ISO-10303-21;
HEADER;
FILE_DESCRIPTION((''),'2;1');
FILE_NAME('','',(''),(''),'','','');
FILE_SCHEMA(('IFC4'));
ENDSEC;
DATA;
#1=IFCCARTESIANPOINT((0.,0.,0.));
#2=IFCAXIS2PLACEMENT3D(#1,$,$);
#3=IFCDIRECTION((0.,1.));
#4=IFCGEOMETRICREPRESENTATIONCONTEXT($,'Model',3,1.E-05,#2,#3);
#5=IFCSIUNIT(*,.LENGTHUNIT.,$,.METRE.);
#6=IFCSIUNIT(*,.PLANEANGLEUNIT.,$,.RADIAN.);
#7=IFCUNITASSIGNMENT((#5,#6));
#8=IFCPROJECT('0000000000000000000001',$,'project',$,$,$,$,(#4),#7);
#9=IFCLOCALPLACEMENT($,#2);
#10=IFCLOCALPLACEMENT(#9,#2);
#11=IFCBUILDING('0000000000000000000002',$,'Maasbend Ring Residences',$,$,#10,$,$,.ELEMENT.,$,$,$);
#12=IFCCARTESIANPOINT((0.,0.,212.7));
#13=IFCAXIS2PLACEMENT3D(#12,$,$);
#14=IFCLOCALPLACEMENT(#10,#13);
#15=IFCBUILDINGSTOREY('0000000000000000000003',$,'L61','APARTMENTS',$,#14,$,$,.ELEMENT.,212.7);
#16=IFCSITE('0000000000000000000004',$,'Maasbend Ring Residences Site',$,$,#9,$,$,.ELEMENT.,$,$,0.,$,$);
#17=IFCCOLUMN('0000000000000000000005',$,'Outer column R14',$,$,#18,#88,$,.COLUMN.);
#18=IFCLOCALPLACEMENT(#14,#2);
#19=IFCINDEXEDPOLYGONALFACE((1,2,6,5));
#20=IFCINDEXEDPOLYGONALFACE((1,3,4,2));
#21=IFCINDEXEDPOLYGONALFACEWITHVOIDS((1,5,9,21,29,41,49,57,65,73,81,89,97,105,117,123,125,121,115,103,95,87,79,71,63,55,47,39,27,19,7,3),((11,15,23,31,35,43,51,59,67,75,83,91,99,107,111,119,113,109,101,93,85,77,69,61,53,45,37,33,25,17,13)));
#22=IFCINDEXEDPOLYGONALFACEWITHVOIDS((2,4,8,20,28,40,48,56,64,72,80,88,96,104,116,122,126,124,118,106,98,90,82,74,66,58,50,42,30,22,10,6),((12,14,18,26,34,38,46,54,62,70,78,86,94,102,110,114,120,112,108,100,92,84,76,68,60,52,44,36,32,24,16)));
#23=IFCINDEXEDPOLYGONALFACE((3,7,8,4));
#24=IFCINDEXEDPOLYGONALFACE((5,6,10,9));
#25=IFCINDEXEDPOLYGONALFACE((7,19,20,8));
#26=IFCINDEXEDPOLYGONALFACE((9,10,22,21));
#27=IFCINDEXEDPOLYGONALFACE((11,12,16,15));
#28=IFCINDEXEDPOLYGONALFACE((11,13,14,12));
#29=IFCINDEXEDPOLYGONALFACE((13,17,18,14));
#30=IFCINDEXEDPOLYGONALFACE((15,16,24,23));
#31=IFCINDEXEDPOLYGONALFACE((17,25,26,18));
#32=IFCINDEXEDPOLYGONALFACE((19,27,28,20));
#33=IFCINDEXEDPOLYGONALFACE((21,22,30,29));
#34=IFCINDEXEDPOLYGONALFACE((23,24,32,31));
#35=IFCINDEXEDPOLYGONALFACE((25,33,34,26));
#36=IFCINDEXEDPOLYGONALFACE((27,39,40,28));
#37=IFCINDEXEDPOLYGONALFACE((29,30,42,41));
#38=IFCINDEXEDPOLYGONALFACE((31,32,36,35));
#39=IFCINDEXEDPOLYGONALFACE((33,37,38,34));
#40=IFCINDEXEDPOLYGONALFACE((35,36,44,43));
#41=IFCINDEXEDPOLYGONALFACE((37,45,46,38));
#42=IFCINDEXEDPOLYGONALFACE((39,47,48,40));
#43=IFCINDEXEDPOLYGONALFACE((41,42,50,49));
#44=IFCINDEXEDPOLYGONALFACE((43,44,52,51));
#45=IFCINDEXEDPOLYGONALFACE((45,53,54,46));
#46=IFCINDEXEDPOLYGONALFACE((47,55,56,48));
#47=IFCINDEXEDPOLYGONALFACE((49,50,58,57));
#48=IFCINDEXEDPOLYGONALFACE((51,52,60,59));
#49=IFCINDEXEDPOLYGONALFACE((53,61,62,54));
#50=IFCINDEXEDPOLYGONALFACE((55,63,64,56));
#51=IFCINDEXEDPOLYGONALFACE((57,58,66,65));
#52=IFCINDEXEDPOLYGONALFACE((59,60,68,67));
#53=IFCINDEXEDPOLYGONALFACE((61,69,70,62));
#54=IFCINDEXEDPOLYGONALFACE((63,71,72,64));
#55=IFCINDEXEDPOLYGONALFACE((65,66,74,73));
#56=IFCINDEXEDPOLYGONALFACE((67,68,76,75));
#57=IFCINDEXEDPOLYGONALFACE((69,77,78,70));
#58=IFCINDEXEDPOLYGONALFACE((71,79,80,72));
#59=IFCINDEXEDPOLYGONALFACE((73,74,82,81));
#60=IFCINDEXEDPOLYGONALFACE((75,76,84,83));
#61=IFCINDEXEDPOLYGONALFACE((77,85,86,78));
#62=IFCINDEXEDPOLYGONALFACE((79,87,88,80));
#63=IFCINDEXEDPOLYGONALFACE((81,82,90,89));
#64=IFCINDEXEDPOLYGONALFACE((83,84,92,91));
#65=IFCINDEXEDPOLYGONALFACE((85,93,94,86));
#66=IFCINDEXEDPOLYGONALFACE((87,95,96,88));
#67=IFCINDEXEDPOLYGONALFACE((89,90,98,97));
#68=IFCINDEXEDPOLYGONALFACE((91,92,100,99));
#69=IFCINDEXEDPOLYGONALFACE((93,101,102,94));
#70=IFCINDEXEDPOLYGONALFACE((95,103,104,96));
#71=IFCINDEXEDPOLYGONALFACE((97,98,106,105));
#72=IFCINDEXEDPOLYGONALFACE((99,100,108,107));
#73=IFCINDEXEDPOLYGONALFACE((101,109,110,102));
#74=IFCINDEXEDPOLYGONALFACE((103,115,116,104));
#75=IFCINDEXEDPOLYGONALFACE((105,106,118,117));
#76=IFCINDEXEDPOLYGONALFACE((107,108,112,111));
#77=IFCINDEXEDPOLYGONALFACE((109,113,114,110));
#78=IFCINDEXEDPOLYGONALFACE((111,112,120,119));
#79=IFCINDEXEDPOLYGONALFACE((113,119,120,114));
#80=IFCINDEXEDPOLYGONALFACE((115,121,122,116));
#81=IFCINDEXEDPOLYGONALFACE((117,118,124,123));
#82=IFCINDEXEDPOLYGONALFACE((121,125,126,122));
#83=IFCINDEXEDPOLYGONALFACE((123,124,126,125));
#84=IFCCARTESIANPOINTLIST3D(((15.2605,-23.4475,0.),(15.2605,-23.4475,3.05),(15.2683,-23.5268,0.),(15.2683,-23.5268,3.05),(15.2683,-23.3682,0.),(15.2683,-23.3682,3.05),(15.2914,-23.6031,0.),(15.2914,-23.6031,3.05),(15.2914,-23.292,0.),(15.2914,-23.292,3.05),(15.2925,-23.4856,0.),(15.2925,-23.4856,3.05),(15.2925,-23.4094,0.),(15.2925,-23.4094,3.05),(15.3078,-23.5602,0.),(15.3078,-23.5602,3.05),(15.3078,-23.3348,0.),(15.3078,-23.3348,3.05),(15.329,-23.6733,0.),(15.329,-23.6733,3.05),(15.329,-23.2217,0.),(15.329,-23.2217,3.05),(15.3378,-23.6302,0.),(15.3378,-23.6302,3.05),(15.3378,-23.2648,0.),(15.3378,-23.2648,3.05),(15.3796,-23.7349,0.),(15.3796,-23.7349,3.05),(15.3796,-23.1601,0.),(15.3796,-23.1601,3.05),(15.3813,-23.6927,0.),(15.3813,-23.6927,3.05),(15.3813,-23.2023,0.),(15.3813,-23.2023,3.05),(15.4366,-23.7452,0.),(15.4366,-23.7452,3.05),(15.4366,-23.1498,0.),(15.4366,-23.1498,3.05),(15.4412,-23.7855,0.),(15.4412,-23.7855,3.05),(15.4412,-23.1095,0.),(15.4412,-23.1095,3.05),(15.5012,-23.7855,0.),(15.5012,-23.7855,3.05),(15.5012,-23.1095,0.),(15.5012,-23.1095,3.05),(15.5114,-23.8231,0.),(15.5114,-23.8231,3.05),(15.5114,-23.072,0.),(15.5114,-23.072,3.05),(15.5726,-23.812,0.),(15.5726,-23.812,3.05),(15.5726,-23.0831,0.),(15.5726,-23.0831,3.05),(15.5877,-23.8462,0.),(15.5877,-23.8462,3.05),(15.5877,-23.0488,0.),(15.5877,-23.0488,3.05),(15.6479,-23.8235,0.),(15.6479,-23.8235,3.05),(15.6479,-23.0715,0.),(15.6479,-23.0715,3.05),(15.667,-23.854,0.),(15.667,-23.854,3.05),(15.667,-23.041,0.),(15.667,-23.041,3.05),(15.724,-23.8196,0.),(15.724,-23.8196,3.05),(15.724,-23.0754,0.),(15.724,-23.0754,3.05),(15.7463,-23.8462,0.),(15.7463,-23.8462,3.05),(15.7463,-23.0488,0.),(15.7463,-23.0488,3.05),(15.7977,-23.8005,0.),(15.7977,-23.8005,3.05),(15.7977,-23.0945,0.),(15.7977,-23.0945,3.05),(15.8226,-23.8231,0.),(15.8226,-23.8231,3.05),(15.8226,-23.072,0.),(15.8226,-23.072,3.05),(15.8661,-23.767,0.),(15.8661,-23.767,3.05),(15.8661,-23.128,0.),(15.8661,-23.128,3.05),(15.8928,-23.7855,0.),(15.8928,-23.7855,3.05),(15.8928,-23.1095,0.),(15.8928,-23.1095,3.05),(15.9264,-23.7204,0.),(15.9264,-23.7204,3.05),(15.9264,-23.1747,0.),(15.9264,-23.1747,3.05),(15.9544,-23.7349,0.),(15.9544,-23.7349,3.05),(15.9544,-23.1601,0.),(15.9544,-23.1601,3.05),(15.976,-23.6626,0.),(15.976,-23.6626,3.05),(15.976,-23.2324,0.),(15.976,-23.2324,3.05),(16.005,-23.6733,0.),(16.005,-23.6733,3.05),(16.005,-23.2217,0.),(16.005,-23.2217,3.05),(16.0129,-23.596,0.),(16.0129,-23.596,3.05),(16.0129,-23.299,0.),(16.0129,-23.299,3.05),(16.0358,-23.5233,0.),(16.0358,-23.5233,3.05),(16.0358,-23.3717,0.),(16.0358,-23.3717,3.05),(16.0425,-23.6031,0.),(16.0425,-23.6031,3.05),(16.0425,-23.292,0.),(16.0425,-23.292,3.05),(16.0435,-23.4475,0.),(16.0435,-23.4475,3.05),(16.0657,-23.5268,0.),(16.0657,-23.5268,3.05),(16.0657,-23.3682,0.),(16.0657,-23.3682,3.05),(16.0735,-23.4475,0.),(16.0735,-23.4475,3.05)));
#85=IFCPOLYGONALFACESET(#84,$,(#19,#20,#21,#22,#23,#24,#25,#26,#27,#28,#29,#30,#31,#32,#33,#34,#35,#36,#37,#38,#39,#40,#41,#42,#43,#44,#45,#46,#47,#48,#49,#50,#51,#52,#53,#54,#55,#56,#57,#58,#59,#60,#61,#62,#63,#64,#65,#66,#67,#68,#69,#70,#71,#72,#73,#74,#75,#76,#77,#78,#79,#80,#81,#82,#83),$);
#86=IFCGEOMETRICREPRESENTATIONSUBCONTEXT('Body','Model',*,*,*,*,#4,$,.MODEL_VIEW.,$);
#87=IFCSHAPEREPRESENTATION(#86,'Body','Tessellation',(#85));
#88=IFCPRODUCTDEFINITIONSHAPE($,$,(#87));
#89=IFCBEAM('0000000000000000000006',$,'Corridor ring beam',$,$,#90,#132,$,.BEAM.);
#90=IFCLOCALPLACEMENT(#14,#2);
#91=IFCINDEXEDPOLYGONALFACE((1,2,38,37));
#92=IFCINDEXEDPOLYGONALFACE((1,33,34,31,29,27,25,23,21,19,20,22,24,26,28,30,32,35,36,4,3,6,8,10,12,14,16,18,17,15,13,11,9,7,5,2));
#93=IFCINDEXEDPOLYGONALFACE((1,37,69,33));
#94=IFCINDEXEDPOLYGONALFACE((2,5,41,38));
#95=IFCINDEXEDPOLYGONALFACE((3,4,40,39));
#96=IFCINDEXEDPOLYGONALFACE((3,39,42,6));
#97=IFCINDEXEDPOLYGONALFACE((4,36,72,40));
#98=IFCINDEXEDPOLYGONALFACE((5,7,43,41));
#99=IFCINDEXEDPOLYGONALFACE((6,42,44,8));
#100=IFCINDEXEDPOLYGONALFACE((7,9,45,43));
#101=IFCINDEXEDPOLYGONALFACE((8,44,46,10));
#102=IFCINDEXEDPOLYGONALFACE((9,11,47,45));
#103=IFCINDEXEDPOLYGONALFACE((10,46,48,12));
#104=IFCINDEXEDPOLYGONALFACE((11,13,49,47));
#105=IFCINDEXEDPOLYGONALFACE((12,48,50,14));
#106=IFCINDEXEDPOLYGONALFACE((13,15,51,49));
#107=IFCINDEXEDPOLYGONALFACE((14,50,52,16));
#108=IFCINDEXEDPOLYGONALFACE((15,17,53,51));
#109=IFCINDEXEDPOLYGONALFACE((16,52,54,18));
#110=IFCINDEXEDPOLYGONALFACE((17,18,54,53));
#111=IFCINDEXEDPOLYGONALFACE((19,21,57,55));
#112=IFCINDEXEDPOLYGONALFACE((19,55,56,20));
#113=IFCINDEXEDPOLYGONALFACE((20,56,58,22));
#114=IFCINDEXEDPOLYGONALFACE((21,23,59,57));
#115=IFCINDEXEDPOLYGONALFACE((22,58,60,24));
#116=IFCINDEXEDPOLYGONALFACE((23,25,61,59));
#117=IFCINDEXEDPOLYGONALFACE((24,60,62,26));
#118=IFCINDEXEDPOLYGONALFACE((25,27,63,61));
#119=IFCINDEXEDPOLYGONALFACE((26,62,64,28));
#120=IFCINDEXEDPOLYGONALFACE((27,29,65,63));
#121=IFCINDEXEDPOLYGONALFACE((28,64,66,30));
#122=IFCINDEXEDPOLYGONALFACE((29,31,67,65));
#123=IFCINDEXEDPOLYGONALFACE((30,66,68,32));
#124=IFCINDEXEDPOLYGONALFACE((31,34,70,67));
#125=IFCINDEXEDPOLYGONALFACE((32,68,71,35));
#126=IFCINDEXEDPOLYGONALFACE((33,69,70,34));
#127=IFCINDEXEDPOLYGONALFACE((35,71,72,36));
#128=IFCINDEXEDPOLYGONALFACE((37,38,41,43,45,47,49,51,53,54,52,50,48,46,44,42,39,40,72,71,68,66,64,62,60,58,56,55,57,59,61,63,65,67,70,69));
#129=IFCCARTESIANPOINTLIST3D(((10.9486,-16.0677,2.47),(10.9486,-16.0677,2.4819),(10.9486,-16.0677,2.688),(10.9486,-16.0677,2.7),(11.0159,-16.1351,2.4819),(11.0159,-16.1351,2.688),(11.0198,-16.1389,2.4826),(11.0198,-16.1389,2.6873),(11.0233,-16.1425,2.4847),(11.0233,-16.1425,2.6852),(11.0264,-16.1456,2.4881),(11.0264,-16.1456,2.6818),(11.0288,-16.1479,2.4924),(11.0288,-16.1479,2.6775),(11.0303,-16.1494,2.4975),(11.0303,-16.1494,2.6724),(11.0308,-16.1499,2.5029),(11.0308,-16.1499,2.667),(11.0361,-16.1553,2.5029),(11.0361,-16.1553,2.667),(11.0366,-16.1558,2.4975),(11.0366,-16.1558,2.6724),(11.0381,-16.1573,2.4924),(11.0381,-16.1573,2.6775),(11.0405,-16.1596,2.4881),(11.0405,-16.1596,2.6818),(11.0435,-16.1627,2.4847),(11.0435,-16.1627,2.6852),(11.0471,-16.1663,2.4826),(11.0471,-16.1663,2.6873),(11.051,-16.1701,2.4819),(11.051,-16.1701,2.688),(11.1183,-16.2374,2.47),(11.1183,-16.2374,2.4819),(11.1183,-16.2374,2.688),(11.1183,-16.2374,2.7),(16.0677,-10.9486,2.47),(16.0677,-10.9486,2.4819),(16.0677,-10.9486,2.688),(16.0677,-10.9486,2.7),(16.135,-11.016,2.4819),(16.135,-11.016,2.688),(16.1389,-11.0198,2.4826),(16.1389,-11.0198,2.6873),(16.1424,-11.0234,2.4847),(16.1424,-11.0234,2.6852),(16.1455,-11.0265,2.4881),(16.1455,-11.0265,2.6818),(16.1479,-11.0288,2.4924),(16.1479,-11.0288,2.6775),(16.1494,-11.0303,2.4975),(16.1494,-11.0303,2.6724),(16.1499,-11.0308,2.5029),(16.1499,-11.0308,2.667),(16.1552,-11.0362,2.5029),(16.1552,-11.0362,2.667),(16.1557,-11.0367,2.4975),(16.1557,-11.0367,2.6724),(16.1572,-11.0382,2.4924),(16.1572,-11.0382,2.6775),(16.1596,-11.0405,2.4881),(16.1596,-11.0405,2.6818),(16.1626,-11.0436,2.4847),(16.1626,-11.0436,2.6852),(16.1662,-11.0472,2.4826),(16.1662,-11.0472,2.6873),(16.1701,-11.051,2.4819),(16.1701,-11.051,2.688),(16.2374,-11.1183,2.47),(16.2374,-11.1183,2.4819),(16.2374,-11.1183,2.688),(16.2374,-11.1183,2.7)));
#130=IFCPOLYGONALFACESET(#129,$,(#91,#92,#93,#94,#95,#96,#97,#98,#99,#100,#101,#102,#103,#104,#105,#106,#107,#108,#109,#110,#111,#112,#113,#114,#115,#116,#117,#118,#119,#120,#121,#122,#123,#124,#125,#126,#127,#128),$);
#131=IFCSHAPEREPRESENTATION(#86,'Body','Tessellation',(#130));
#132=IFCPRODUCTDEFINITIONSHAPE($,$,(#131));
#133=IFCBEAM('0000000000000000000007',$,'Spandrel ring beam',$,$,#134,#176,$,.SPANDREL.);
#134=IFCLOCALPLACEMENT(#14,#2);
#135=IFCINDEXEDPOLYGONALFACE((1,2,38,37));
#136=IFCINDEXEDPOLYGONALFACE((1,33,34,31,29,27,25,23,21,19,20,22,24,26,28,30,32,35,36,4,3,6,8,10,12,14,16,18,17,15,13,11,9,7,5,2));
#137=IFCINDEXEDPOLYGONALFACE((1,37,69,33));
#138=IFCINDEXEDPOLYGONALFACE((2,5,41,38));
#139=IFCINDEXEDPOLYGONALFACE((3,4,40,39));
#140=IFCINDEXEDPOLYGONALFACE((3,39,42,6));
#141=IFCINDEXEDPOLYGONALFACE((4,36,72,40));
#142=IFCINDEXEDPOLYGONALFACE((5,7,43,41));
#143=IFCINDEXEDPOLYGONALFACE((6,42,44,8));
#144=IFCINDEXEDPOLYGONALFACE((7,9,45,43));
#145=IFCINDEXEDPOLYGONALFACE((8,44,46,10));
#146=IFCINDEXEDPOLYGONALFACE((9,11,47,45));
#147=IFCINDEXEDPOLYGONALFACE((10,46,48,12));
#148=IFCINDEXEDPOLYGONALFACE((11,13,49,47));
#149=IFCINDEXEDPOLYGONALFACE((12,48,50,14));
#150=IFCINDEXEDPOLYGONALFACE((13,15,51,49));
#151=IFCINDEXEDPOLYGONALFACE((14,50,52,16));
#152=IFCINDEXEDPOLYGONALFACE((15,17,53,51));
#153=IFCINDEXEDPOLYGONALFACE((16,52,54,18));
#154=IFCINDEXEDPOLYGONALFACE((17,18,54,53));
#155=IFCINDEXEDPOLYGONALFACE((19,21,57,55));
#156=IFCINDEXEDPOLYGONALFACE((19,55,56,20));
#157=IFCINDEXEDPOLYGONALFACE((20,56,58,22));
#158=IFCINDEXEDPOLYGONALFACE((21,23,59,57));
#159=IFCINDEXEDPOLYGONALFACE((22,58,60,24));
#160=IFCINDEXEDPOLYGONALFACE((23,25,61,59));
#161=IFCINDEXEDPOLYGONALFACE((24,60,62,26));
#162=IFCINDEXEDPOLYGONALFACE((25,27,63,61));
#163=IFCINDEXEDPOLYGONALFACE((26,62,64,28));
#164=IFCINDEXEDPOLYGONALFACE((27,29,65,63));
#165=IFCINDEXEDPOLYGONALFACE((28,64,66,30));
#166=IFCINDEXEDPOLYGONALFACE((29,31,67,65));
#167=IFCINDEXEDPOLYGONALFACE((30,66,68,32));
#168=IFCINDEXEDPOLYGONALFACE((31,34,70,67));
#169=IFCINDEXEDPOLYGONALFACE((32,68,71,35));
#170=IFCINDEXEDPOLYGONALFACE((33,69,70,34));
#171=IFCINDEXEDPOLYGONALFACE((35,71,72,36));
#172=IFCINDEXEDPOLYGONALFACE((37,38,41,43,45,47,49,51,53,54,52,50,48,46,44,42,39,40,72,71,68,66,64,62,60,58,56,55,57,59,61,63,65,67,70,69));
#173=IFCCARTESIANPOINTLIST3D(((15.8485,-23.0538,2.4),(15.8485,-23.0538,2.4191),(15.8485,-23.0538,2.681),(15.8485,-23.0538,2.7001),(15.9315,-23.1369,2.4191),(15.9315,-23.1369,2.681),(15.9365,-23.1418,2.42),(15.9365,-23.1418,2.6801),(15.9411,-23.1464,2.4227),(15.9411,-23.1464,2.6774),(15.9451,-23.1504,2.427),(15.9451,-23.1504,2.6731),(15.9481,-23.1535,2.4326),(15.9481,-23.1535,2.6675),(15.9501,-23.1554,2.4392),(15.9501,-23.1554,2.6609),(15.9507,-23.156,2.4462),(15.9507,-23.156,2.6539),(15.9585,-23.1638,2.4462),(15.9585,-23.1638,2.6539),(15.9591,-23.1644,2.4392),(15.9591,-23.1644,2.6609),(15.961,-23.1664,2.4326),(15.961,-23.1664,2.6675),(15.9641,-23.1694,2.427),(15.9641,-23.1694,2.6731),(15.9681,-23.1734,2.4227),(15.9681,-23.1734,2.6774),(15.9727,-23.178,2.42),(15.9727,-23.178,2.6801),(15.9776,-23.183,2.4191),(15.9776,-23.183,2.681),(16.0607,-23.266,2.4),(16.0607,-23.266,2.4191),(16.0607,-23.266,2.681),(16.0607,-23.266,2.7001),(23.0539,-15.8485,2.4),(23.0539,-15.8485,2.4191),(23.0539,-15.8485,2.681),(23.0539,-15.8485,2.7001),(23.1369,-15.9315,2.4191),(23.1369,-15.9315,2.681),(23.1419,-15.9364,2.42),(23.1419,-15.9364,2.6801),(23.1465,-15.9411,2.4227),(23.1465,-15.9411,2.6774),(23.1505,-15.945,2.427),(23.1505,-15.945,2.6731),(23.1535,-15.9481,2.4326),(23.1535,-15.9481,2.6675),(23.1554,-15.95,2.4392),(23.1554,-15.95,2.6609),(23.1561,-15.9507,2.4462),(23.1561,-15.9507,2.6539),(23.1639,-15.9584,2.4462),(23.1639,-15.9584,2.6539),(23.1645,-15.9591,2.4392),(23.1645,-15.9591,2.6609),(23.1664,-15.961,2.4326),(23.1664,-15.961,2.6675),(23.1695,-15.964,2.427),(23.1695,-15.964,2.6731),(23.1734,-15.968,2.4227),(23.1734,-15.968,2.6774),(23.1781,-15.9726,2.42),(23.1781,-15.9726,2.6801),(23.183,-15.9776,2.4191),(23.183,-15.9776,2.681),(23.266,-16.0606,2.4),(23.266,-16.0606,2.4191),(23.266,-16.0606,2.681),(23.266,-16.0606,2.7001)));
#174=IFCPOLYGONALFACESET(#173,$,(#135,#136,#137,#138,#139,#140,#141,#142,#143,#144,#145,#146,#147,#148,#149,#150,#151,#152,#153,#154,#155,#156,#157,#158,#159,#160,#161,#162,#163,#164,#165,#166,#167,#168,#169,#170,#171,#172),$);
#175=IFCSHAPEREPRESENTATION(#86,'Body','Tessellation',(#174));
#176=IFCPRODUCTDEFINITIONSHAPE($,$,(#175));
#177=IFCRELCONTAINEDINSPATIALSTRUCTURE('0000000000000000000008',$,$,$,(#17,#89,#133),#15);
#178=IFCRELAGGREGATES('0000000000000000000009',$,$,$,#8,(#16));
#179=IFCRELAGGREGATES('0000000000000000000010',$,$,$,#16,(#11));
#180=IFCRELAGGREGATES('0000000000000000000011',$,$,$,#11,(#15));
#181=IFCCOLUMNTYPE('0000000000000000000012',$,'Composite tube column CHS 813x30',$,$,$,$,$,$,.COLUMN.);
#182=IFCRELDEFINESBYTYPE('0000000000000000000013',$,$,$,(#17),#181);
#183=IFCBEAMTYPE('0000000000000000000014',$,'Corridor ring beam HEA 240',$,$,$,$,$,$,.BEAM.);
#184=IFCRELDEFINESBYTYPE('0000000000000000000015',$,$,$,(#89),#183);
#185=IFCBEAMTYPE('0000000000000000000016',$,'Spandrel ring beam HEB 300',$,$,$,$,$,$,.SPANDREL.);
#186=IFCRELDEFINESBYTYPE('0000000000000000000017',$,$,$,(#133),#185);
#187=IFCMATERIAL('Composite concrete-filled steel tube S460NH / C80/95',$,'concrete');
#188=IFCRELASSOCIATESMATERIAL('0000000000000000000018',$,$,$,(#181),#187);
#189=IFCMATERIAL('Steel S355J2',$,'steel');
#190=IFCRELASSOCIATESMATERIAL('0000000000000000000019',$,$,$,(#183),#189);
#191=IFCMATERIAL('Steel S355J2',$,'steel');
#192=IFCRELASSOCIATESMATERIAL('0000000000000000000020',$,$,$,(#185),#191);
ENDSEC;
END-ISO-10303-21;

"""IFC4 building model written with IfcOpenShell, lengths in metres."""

from ifc_helpers import new_model, si_unit, direction, frame, origin, origin_2d, place, context, subcontext, project, spatial, hollow_circle, i_section, extrude, material, material_profile, profile_set, type_object, element, save


model = new_model("IFC4")

# Units and contexts
model_context = context("Model", 3, precision=1e-05, world=origin(), true_north=direction((0.0, 1.0)))
body_context = subcontext(model_context, "Body", "Model", "MODEL_VIEW")
ifc_project = project(units=[si_unit("LENGTHUNIT", "METRE"), si_unit("PLANEANGLEUNIT", "RADIAN")], contexts=[model_context])

# Site, building, storey
site_placement = place(None, origin())
site = spatial("IfcSite", under=ifc_project, at=site_placement, Name="Maasbend Ring Residences Site", CompositionType="ELEMENT", RefElevation=0.0)
building_placement = place(site_placement, origin())
building = spatial("IfcBuilding", under=site, at=building_placement, Name="Maasbend Ring Residences", CompositionType="ELEMENT")
storey_placement = place(building_placement, frame((0.0, 0.0, 212.7)))
storey = spatial("IfcBuildingStorey", under=building, at=storey_placement, Name="L61", Description="APARTMENTS", CompositionType="ELEMENT", Elevation=212.7)

# Column
ifc_material_1 = material(Name="Composite concrete-filled steel tube S460NH / C80/95", Category="concrete")
ifc_material_profile_1 = material_profile(ifc_material_1, hollow_circle(Radius=0.4065, WallThickness=0.03, at=origin_2d()), Name="Composite tube column CHS 813x30")
ifc_profile_set_1 = profile_set([ifc_material_profile_1], Name="Composite concrete-filled steel tube S460NH / C80/95")
column_type = type_object("IfcColumnType", Name="Composite tube column CHS 813x30", PredefinedType="COLUMN", material=ifc_profile_set_1)
column_placement = place(storey_placement, frame((15.667, -23.4475, 0.0), z_axis=(0.0, 0.0, 1.0), x_axis=(1.0, 0.0, 0.0)))
element("IfcColumn", 1, at=column_placement, inside=storey, type_object=column_type, Name="Outer column R14", PredefinedType="COLUMN", context=body_context, shape_type="SweptSolid", body=[
    extrude(hollow_circle(Radius=0.4065, WallThickness=0.03, at=origin_2d()), origin(), (0.0, 0.0, 1.0), 3.05),
])

# Beams
ifc_material_2 = material(Name="Steel S355J2", Category="steel")
ifc_material_profile_2 = material_profile(ifc_material_2, i_section(OverallWidth=0.24, OverallDepth=0.23, WebThickness=0.0076, FlangeThickness=0.012, FilletRadius=0.021, at=origin_2d()), Name="HEA 240")
ifc_profile_set_2 = profile_set([ifc_material_profile_2], Name="Steel S355J2")
beam_type_1 = type_object("IfcBeamType", Name="Corridor ring beam HEA 240", PredefinedType="BEAM", material=ifc_profile_set_2)
beam_1_placement = place(storey_placement, frame((11.0334, -16.1526, 2.585), z_axis=(0.707107, 0.707107, 0.0), x_axis=(-0.707107, 0.707107, 0.0)))
element("IfcBeam", 2, at=beam_1_placement, inside=storey, type_object=beam_type_1, Name="Corridor ring beam", PredefinedType="BEAM", context=body_context, shape_type="SweptSolid", body=[
    extrude(i_section(OverallWidth=0.24, OverallDepth=0.23, WebThickness=0.0076, FlangeThickness=0.012, FilletRadius=0.021, at=origin_2d()), origin(), (0.0, 0.0, 1.0), 7.2395),
])
ifc_material_3 = material(Name="Steel S355J2", Category="steel")
ifc_material_profile_3 = material_profile(ifc_material_3, i_section(OverallWidth=0.3, OverallDepth=0.3, WebThickness=0.011, FlangeThickness=0.019, FilletRadius=0.0271, at=origin_2d()), Name="HEB 300")
ifc_profile_set_3 = profile_set([ifc_material_profile_3], Name="Steel S355J2")
beam_type_2 = type_object("IfcBeamType", Name="Spandrel ring beam HEB 300", PredefinedType="SPANDREL", material=ifc_profile_set_3)
beam_2_placement = place(storey_placement, frame((15.9546, -23.1599, 2.55), z_axis=(0.707107, 0.707107, 0.0), x_axis=(-0.707107, 0.707107, 0.0)))
element("IfcBeam", 3, at=beam_2_placement, inside=storey, type_object=beam_type_2, Name="Spandrel ring beam", PredefinedType="SPANDREL", context=body_context, shape_type="SweptSolid", body=[
    extrude(i_section(OverallWidth=0.3, OverallDepth=0.3, WebThickness=0.011, FlangeThickness=0.019, FilletRadius=0.0271, at=origin_2d()), origin(), (0.0, 0.0, 1.0), 10.1899),
])

save(model, "model.ifc")
